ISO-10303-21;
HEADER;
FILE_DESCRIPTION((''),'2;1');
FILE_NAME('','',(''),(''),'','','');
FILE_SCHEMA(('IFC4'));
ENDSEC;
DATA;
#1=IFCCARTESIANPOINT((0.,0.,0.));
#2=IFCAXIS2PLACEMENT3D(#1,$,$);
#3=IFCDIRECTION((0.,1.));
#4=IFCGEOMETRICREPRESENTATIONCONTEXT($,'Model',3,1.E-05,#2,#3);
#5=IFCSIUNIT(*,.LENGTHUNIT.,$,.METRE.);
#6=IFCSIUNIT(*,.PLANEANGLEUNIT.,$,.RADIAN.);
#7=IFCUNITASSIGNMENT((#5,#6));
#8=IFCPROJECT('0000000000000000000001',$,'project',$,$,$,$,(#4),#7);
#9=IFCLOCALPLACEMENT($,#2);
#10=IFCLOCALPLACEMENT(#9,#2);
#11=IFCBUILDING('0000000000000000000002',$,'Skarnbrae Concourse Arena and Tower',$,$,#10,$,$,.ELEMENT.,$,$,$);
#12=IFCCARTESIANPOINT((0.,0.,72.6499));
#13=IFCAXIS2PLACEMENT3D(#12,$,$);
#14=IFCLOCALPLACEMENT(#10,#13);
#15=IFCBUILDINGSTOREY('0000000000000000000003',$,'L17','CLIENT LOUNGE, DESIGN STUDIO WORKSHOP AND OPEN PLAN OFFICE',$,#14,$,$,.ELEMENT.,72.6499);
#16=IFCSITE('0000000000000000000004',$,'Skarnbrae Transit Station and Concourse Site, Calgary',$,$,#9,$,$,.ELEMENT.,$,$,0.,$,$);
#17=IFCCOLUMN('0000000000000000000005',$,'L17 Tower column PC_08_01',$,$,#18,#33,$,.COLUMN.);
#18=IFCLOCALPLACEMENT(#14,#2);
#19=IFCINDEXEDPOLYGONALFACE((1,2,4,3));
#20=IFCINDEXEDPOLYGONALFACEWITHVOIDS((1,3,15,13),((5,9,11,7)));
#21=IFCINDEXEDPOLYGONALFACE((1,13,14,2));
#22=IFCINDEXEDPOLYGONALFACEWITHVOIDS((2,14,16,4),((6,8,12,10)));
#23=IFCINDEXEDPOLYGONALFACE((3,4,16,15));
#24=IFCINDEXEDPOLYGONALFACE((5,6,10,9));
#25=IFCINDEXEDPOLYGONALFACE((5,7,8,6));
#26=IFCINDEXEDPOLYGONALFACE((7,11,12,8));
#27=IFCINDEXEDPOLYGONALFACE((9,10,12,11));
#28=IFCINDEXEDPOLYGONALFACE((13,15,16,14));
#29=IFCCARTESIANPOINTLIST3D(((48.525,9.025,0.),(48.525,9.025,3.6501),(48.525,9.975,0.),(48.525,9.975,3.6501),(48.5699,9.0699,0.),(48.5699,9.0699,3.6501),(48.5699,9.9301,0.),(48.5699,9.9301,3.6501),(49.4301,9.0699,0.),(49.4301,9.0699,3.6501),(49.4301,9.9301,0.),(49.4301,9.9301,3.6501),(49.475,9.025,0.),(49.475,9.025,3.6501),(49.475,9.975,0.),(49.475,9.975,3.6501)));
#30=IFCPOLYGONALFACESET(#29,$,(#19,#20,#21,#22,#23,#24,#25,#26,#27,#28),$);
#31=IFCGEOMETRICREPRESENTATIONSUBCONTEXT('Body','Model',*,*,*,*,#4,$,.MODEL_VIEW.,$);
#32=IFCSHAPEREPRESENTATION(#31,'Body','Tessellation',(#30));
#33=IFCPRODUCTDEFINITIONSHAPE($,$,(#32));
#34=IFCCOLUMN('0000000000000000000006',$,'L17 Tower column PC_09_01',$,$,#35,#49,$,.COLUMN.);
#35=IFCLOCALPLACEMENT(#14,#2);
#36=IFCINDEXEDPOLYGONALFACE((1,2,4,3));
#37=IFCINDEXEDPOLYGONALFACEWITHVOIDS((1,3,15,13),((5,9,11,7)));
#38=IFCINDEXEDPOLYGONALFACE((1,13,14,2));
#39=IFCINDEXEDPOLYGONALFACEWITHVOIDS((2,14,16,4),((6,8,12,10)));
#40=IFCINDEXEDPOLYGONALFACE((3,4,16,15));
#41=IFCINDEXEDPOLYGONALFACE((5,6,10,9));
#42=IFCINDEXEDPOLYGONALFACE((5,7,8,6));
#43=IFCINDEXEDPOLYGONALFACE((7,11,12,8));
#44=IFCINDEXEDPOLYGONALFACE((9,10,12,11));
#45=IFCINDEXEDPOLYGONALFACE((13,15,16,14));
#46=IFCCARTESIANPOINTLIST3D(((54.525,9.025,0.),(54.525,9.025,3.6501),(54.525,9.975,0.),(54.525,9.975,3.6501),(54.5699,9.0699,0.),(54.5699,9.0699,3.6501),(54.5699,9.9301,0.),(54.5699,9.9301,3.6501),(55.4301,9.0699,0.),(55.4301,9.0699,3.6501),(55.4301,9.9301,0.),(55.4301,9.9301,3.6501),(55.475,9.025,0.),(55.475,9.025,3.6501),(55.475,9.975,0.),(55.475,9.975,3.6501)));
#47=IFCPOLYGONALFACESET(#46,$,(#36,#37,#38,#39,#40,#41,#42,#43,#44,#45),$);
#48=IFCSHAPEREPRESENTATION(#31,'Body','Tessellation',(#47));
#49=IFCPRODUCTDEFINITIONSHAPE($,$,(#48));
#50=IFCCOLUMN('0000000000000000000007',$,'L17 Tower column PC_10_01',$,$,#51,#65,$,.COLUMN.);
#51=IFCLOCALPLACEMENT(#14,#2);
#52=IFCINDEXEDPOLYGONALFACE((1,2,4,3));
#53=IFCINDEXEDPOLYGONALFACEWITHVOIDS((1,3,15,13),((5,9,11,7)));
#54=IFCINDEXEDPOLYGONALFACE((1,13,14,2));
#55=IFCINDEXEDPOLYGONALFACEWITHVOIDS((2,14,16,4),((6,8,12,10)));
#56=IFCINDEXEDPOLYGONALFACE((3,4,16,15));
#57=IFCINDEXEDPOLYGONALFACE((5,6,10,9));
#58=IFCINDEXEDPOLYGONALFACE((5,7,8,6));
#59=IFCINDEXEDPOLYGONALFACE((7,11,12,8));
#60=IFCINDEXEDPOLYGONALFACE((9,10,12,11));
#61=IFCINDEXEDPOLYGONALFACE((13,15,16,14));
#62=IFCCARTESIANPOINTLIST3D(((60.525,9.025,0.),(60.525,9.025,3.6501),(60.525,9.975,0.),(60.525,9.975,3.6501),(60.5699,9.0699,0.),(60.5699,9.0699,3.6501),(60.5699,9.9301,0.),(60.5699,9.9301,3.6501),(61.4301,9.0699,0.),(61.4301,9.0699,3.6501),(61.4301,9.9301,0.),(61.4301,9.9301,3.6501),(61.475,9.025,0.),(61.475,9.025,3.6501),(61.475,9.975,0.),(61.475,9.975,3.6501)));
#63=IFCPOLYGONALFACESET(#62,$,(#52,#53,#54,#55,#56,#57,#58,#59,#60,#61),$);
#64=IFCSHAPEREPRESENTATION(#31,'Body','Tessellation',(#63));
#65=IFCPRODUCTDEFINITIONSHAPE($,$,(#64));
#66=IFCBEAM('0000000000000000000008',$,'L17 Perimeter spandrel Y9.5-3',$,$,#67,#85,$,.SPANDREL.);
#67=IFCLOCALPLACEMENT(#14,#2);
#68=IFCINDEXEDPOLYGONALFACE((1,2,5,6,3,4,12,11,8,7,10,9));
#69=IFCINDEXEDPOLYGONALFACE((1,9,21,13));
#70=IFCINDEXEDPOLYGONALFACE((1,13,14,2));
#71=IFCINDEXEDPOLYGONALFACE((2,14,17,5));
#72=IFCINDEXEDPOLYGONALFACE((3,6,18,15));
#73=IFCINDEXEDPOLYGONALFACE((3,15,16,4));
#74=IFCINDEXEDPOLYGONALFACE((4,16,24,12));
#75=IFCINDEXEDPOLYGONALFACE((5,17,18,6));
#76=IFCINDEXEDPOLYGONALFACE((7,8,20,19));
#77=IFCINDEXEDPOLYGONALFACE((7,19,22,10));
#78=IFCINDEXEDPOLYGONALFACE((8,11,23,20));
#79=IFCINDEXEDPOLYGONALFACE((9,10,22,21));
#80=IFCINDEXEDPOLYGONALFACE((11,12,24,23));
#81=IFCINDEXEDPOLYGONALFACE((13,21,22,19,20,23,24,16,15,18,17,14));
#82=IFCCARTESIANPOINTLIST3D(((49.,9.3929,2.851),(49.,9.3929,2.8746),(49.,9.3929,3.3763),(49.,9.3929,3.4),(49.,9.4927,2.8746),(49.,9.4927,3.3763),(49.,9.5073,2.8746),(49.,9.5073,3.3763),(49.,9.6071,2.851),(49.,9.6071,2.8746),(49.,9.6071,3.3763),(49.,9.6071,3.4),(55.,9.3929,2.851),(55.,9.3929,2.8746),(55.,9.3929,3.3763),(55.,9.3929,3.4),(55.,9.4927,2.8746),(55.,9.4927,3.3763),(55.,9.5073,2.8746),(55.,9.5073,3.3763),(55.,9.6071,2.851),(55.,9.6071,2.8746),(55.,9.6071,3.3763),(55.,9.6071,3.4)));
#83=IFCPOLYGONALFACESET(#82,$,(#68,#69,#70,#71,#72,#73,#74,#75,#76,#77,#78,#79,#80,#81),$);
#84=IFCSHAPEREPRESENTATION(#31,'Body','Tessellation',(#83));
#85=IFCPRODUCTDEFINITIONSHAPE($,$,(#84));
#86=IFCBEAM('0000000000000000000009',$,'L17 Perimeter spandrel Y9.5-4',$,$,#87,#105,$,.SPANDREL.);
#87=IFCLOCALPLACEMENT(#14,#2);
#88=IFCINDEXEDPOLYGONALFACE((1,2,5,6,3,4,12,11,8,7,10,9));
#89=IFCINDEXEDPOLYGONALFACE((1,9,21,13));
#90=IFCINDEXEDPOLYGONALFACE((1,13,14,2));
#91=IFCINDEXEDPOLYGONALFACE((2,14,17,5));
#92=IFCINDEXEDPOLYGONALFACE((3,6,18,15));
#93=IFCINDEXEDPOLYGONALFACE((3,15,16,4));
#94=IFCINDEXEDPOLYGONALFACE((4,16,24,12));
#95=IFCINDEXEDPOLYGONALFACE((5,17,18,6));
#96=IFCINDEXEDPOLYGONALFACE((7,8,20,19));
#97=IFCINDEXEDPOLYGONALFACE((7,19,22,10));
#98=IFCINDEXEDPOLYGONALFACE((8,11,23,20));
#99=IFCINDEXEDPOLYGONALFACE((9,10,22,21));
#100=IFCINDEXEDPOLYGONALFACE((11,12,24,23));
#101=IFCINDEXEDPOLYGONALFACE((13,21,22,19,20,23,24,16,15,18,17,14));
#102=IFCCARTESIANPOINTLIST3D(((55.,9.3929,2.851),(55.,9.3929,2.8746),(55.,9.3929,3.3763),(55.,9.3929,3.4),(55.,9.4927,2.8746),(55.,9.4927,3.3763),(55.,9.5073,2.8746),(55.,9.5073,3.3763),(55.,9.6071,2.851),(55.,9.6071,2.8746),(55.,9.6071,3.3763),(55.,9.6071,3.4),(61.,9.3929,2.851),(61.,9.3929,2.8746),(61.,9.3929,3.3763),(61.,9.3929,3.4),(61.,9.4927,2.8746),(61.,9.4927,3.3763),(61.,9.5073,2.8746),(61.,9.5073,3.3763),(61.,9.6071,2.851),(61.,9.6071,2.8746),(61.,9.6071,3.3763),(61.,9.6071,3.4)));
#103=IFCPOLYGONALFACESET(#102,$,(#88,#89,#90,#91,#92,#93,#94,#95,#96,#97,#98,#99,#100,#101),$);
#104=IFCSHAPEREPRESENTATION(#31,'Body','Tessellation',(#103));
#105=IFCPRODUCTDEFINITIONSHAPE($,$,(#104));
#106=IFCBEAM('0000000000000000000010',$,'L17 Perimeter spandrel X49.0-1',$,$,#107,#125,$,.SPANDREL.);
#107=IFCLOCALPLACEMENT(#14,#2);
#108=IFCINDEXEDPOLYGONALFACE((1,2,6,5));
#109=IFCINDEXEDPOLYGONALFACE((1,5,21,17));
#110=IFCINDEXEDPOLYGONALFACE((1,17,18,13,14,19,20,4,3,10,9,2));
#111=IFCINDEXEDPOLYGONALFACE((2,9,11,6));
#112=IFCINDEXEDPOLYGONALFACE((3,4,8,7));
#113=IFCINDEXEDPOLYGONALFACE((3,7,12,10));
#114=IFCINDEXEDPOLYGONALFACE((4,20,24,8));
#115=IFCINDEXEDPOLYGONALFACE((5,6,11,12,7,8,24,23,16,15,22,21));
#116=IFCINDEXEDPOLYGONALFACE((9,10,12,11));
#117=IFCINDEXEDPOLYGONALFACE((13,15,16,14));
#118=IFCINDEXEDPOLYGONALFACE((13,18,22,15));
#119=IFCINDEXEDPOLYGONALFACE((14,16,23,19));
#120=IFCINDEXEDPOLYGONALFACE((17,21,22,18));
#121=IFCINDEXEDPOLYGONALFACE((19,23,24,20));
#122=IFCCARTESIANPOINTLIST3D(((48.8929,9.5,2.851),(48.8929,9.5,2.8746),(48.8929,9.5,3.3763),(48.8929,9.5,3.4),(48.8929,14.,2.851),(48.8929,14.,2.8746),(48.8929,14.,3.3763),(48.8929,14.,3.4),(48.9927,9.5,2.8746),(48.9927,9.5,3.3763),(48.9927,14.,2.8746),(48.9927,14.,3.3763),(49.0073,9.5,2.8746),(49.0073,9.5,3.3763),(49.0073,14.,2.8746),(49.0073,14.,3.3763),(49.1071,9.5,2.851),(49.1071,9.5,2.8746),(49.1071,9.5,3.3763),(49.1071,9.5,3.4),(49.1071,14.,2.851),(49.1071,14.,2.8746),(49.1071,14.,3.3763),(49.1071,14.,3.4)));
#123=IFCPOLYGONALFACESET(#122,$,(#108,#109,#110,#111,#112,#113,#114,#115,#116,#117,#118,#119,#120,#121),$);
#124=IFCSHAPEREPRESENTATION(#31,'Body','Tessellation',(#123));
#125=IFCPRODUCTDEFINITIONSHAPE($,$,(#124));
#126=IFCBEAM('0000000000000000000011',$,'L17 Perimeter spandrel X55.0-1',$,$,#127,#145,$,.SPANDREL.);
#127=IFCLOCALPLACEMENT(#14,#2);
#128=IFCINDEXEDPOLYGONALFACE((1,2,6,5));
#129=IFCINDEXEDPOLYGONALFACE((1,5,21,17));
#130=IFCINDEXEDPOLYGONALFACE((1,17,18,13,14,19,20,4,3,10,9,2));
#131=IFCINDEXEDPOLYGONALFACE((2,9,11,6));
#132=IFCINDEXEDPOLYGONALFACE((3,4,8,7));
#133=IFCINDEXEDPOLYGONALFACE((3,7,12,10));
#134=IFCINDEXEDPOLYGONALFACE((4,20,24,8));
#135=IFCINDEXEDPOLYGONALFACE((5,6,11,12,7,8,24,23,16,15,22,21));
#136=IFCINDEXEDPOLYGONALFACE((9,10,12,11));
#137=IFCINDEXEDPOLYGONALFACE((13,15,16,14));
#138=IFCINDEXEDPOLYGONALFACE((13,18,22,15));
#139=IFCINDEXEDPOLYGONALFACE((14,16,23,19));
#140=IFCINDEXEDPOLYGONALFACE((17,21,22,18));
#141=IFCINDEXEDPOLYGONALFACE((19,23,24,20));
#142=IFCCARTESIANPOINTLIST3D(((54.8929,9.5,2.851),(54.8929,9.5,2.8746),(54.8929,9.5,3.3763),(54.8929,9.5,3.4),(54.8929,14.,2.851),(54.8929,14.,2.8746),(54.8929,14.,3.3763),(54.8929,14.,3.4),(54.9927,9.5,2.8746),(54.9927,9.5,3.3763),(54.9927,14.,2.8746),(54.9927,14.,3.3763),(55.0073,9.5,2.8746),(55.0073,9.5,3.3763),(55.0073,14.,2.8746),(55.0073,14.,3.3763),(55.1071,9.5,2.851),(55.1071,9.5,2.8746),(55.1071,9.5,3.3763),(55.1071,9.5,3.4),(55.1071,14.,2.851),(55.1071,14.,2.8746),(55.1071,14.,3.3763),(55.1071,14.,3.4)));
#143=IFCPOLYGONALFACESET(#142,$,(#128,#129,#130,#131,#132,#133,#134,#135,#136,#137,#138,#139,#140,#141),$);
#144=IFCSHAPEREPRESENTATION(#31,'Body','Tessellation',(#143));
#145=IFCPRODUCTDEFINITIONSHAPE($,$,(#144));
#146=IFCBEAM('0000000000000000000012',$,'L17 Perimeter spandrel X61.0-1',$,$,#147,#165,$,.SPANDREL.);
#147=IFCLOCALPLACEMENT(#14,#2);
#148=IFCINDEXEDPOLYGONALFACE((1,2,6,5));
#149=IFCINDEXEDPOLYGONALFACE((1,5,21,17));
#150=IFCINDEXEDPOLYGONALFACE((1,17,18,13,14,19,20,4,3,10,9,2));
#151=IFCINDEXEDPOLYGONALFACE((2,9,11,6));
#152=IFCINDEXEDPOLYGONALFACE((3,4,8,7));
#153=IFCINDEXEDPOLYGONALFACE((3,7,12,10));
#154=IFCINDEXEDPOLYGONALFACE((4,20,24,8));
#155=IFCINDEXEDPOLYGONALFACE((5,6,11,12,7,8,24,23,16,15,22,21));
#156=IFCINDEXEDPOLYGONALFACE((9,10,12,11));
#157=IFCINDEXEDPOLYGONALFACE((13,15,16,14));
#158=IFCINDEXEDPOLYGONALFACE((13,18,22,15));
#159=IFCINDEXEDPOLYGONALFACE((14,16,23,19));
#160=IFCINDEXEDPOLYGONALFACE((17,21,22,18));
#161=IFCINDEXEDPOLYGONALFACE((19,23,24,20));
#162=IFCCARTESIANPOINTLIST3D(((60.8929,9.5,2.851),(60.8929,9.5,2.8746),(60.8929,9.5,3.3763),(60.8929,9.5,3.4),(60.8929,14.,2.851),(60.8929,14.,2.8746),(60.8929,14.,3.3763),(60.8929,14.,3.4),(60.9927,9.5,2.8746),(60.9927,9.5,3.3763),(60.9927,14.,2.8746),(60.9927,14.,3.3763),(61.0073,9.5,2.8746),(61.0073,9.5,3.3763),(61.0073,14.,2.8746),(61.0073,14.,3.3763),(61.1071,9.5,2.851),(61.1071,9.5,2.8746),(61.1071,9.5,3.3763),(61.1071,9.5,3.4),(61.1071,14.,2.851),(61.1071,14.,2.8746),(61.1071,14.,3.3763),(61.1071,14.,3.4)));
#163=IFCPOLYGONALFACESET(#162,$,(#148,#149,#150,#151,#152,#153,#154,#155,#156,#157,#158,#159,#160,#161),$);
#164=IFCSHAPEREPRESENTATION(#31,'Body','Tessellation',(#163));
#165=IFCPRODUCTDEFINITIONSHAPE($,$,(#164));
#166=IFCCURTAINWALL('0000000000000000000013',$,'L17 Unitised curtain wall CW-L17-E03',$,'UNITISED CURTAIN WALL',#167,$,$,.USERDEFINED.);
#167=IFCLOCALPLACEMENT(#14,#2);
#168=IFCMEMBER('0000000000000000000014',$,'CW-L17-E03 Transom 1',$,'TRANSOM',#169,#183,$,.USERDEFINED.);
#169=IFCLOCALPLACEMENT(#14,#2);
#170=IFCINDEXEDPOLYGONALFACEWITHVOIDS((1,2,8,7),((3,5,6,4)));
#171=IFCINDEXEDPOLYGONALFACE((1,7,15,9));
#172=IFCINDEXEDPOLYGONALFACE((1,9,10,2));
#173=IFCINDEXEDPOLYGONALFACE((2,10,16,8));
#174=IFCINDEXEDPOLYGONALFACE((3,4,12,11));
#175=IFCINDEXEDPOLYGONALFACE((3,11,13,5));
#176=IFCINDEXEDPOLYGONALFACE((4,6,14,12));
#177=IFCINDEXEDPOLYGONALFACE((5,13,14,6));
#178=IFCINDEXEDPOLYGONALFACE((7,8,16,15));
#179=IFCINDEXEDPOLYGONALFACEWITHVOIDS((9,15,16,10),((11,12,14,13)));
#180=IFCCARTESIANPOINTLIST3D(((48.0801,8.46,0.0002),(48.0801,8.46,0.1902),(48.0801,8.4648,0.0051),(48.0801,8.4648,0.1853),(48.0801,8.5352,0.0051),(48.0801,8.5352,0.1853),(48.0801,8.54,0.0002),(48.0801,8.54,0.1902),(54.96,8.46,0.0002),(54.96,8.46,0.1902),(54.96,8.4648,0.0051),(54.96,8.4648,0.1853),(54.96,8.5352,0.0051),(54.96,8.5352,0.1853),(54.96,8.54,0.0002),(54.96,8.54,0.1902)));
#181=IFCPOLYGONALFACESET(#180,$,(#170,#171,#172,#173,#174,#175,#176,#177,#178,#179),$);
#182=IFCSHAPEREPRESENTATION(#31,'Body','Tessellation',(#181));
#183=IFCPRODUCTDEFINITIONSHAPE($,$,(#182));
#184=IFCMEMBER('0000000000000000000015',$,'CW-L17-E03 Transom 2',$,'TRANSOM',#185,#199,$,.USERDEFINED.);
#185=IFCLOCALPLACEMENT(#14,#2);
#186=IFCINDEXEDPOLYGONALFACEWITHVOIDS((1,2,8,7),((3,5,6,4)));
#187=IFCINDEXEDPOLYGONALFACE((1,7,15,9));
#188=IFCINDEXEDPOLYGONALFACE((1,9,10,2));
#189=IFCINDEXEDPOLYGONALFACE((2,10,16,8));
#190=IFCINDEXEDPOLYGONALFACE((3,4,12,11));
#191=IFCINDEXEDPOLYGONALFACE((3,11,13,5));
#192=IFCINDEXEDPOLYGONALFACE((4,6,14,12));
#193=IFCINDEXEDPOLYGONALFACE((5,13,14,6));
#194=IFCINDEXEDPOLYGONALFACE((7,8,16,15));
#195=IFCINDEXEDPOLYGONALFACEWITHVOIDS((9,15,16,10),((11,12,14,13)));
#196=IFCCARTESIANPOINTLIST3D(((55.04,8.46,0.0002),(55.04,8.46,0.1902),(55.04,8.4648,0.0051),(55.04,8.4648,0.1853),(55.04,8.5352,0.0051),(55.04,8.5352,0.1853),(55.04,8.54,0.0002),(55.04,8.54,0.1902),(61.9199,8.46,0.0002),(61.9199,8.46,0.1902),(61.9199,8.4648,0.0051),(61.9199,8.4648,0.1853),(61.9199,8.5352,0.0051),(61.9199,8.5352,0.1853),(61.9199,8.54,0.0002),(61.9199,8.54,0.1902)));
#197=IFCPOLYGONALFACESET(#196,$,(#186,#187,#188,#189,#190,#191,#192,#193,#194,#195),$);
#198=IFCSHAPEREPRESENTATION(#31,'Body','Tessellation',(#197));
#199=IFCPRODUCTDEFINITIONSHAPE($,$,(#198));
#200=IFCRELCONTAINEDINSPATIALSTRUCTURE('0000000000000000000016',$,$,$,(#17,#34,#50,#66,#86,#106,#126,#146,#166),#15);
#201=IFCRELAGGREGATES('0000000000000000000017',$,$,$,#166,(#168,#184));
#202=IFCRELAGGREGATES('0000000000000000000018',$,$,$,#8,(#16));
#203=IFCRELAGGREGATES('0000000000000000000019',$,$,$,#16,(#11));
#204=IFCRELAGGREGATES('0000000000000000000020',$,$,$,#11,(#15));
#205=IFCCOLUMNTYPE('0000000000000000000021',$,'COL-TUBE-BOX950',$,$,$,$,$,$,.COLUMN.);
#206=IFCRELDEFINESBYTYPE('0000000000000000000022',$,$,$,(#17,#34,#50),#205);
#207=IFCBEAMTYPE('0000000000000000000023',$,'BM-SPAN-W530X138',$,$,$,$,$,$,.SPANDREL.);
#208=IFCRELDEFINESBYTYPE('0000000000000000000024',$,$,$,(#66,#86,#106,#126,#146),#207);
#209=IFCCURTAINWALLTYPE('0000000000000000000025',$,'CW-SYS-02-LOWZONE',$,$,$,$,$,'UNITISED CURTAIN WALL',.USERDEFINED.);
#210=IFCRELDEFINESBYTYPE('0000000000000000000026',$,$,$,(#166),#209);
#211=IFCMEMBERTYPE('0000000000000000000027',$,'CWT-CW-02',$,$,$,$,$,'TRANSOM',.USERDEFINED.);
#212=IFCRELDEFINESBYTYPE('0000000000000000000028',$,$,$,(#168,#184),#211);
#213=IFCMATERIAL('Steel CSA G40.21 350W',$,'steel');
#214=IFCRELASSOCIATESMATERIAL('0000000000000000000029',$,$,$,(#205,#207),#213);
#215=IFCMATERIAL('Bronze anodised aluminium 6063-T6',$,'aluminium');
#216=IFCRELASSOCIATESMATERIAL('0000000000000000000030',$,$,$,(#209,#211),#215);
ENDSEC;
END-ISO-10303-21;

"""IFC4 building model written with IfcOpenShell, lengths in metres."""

from ifc_helpers import new_model, si_unit, direction, frame, origin, origin_2d, place, context, subcontext, project, spatial, hollow_rectangle, i_section, extrude, source, transform, mapped, material, material_profile, profile_set, type_object, element, aggregate, save


model = new_model("IFC4")

# Units and contexts
model_context = context("Model", 3, precision=1e-05, world=origin(), true_north=direction((0.0, 1.0)))
body_context = subcontext(model_context, "Body", "Model", "MODEL_VIEW")
ifc_project = project(units=[si_unit("LENGTHUNIT", "METRE"), si_unit("PLANEANGLEUNIT", "RADIAN")], contexts=[model_context])

# Site, building, storey
site_placement = place(None, origin())
site = spatial("IfcSite", under=ifc_project, at=site_placement, Name="Skarnbrae Transit Station and Concourse Site, Calgary", CompositionType="ELEMENT", RefElevation=0.0)
building_placement = place(site_placement, origin())
building = spatial("IfcBuilding", under=site, at=building_placement, Name="Skarnbrae Concourse Arena and Tower", CompositionType="ELEMENT")
storey_placement = place(building_placement, frame((0.0, 0.0, 72.6499)))
storey = spatial("IfcBuildingStorey", under=building, at=storey_placement, Name="L17", Description="CLIENT LOUNGE, DESIGN STUDIO WORKSHOP AND OPEN PLAN OFFICE", CompositionType="ELEMENT", Elevation=72.6499)

# Columns
ifc_material_1 = material(Name="Steel CSA G40.21 350W", Category="steel")
ifc_material_profile_1 = material_profile(ifc_material_1, hollow_rectangle(XDim=0.95, YDim=0.95, WallThickness=0.0449, at=origin_2d()), Name="BOX950X950X45")
ifc_profile_set_1 = profile_set([ifc_material_profile_1], Name="Steel CSA G40.21 350W")
column_type = type_object("IfcColumnType", Name="COL-TUBE-BOX950", PredefinedType="COLUMN", material=ifc_profile_set_1)
shared_shape_1 = source(origin(), body_context, "Body", "SweptSolid", [
    extrude(hollow_rectangle(XDim=0.95, YDim=0.95, WallThickness=0.0449, at=origin_2d()), origin(), (0.0, 0.0, 1.0), 3.6501),
])
for number, where, z_axis, x_axis, name in (
    (1, (49.0, 9.5, 0.0), (0.0, 0.0, 1.0), (1.0, 0.0, 0.0), "L17 Tower column PC_08_01"),
    (2, (55.0, 9.5, 0.0), (0.0, 0.0, 1.0), (1.0, 0.0, 0.0), "L17 Tower column PC_09_01"),
    (3, (61.0, 9.5, 0.0), (0.0, 0.0, 1.0), (1.0, 0.0, 0.0), "L17 Tower column PC_10_01"),
):
    element("IfcColumn", number, at=place(storey_placement, frame(where, z_axis=z_axis, x_axis=x_axis)), inside=storey, type_object=column_type, Name=name, PredefinedType="COLUMN", context=body_context, shape_type="MappedRepresentation", body=[
        mapped(shared_shape_1, transform((0.0, 0.0, 0.0))),
    ])

# Beams
ifc_material_profile_2 = material_profile(ifc_material_1, i_section(OverallWidth=0.2141, OverallDepth=0.5491, WebThickness=0.0146, FlangeThickness=0.0237, at=origin_2d()), Name="W530X138")
ifc_profile_set_2 = profile_set([ifc_material_profile_2], Name="Steel CSA G40.21 350W")
beam_type = type_object("IfcBeamType", Name="BM-SPAN-W530X138", PredefinedType="SPANDREL", material=ifc_profile_set_2)
shared_shape_2 = source(origin(), body_context, "Body", "SweptSolid", [
    extrude(i_section(OverallWidth=0.2141, OverallDepth=0.5491, WebThickness=0.0146, FlangeThickness=0.0237, at=origin_2d()), origin(), (0.0, 0.0, 1.0), 6.0),
])
for number, where, z_axis, x_axis, name in (
    (4, (49.0, 9.5, 3.1255), (1.0, 0.0, 0.0), (0.0, 1.0, 0.0), "L17 Perimeter spandrel Y9.5-3"),
    (5, (55.0, 9.5, 3.1255), (1.0, 0.0, 0.0), (0.0, 1.0, 0.0), "L17 Perimeter spandrel Y9.5-4"),
):
    element("IfcBeam", number, at=place(storey_placement, frame(where, z_axis=z_axis, x_axis=x_axis)), inside=storey, type_object=beam_type, Name=name, PredefinedType="SPANDREL", context=body_context, shape_type="MappedRepresentation", body=[
        mapped(shared_shape_2, transform((0.0, 0.0, 0.0))),
    ])
shared_shape_3 = source(origin(), body_context, "Body", "SweptSolid", [
    extrude(i_section(OverallWidth=0.2141, OverallDepth=0.5491, WebThickness=0.0146, FlangeThickness=0.0237, at=origin_2d()), origin(), (0.0, 0.0, 1.0), 4.5),
])
for number, where, z_axis, x_axis, name in (
    (6, (49.0, 9.5, 3.1255), (0.0, 1.0, 0.0), (-1.0, 0.0, 0.0), "L17 Perimeter spandrel X49.0-1"),
    (7, (55.0, 9.5, 3.1255), (0.0, 1.0, 0.0), (-1.0, 0.0, 0.0), "L17 Perimeter spandrel X55.0-1"),
    (8, (61.0, 9.5, 3.1255), (0.0, 1.0, 0.0), (-1.0, 0.0, 0.0), "L17 Perimeter spandrel X61.0-1"),
):
    element("IfcBeam", number, at=place(storey_placement, frame(where, z_axis=z_axis, x_axis=x_axis)), inside=storey, type_object=beam_type, Name=name, PredefinedType="SPANDREL", context=body_context, shape_type="MappedRepresentation", body=[
        mapped(shared_shape_3, transform((0.0, 0.0, 0.0))),
    ])

# Curtain wall, members
ifc_material_2 = material(Name="Bronze anodised aluminium 6063-T6", Category="aluminium")
curtain_wall_type = type_object("IfcCurtainWallType", Name="CW-SYS-02-LOWZONE", ElementType="UNITISED CURTAIN WALL", PredefinedType="USERDEFINED", material=ifc_material_2)
curtain_wall_1_placement = place(storey_placement, origin())
curtain_wall_1 = element("IfcCurtainWall", 9, at=curtain_wall_1_placement, inside=storey, type_object=curtain_wall_type, Name="L17 Unitised curtain wall CW-L17-E03", ObjectType="UNITISED CURTAIN WALL", PredefinedType="USERDEFINED")
ifc_material_profile_3 = material_profile(ifc_material_2, hollow_rectangle(XDim=0.0801, YDim=0.1899, WallThickness=0.0049, at=origin_2d()), Name="ALU-TRAN-80X190")
ifc_profile_set_3 = profile_set([ifc_material_profile_3], Name="Bronze anodised aluminium 6063-T6")
member_type_1 = type_object("IfcMemberType", Name="CWT-CW-02", ElementType="TRANSOM", PredefinedType="USERDEFINED", material=ifc_profile_set_3)
shared_shape_4 = source(origin(), body_context, "Body", "SweptSolid", [
    extrude(hollow_rectangle(XDim=0.0801, YDim=0.1899, WallThickness=0.0049, at=origin_2d()), origin(), (0.0, 0.0, 1.0), 6.8799),
])
member_1_placement = place(storey_placement, frame((48.0801, 8.5, 0.0952), z_axis=(1.0, 0.0, 0.0), x_axis=(0.0, 1.0, 0.0)))
member_1 = element("IfcMember", 10, at=member_1_placement, type_object=member_type_1, Name="CW-L17-E03 Transom 1", ObjectType="TRANSOM", PredefinedType="USERDEFINED", context=body_context, shape_type="MappedRepresentation", body=[
    mapped(shared_shape_4, transform((0.0, 0.0, 0.0))),
])
member_2_placement = place(storey_placement, frame((55.04, 8.5, 0.0952), z_axis=(1.0, 0.0, 0.0), x_axis=(0.0, 1.0, 0.0)))
member_2 = element("IfcMember", 11, at=member_2_placement, type_object=member_type_1, Name="CW-L17-E03 Transom 2", ObjectType="TRANSOM", PredefinedType="USERDEFINED", context=body_context, shape_type="MappedRepresentation", body=[
    mapped(shared_shape_4, transform((0.0, 0.0, 0.0))),
])

aggregate(curtain_wall_1, [member_1, member_2])

save(model, "model.ifc")
